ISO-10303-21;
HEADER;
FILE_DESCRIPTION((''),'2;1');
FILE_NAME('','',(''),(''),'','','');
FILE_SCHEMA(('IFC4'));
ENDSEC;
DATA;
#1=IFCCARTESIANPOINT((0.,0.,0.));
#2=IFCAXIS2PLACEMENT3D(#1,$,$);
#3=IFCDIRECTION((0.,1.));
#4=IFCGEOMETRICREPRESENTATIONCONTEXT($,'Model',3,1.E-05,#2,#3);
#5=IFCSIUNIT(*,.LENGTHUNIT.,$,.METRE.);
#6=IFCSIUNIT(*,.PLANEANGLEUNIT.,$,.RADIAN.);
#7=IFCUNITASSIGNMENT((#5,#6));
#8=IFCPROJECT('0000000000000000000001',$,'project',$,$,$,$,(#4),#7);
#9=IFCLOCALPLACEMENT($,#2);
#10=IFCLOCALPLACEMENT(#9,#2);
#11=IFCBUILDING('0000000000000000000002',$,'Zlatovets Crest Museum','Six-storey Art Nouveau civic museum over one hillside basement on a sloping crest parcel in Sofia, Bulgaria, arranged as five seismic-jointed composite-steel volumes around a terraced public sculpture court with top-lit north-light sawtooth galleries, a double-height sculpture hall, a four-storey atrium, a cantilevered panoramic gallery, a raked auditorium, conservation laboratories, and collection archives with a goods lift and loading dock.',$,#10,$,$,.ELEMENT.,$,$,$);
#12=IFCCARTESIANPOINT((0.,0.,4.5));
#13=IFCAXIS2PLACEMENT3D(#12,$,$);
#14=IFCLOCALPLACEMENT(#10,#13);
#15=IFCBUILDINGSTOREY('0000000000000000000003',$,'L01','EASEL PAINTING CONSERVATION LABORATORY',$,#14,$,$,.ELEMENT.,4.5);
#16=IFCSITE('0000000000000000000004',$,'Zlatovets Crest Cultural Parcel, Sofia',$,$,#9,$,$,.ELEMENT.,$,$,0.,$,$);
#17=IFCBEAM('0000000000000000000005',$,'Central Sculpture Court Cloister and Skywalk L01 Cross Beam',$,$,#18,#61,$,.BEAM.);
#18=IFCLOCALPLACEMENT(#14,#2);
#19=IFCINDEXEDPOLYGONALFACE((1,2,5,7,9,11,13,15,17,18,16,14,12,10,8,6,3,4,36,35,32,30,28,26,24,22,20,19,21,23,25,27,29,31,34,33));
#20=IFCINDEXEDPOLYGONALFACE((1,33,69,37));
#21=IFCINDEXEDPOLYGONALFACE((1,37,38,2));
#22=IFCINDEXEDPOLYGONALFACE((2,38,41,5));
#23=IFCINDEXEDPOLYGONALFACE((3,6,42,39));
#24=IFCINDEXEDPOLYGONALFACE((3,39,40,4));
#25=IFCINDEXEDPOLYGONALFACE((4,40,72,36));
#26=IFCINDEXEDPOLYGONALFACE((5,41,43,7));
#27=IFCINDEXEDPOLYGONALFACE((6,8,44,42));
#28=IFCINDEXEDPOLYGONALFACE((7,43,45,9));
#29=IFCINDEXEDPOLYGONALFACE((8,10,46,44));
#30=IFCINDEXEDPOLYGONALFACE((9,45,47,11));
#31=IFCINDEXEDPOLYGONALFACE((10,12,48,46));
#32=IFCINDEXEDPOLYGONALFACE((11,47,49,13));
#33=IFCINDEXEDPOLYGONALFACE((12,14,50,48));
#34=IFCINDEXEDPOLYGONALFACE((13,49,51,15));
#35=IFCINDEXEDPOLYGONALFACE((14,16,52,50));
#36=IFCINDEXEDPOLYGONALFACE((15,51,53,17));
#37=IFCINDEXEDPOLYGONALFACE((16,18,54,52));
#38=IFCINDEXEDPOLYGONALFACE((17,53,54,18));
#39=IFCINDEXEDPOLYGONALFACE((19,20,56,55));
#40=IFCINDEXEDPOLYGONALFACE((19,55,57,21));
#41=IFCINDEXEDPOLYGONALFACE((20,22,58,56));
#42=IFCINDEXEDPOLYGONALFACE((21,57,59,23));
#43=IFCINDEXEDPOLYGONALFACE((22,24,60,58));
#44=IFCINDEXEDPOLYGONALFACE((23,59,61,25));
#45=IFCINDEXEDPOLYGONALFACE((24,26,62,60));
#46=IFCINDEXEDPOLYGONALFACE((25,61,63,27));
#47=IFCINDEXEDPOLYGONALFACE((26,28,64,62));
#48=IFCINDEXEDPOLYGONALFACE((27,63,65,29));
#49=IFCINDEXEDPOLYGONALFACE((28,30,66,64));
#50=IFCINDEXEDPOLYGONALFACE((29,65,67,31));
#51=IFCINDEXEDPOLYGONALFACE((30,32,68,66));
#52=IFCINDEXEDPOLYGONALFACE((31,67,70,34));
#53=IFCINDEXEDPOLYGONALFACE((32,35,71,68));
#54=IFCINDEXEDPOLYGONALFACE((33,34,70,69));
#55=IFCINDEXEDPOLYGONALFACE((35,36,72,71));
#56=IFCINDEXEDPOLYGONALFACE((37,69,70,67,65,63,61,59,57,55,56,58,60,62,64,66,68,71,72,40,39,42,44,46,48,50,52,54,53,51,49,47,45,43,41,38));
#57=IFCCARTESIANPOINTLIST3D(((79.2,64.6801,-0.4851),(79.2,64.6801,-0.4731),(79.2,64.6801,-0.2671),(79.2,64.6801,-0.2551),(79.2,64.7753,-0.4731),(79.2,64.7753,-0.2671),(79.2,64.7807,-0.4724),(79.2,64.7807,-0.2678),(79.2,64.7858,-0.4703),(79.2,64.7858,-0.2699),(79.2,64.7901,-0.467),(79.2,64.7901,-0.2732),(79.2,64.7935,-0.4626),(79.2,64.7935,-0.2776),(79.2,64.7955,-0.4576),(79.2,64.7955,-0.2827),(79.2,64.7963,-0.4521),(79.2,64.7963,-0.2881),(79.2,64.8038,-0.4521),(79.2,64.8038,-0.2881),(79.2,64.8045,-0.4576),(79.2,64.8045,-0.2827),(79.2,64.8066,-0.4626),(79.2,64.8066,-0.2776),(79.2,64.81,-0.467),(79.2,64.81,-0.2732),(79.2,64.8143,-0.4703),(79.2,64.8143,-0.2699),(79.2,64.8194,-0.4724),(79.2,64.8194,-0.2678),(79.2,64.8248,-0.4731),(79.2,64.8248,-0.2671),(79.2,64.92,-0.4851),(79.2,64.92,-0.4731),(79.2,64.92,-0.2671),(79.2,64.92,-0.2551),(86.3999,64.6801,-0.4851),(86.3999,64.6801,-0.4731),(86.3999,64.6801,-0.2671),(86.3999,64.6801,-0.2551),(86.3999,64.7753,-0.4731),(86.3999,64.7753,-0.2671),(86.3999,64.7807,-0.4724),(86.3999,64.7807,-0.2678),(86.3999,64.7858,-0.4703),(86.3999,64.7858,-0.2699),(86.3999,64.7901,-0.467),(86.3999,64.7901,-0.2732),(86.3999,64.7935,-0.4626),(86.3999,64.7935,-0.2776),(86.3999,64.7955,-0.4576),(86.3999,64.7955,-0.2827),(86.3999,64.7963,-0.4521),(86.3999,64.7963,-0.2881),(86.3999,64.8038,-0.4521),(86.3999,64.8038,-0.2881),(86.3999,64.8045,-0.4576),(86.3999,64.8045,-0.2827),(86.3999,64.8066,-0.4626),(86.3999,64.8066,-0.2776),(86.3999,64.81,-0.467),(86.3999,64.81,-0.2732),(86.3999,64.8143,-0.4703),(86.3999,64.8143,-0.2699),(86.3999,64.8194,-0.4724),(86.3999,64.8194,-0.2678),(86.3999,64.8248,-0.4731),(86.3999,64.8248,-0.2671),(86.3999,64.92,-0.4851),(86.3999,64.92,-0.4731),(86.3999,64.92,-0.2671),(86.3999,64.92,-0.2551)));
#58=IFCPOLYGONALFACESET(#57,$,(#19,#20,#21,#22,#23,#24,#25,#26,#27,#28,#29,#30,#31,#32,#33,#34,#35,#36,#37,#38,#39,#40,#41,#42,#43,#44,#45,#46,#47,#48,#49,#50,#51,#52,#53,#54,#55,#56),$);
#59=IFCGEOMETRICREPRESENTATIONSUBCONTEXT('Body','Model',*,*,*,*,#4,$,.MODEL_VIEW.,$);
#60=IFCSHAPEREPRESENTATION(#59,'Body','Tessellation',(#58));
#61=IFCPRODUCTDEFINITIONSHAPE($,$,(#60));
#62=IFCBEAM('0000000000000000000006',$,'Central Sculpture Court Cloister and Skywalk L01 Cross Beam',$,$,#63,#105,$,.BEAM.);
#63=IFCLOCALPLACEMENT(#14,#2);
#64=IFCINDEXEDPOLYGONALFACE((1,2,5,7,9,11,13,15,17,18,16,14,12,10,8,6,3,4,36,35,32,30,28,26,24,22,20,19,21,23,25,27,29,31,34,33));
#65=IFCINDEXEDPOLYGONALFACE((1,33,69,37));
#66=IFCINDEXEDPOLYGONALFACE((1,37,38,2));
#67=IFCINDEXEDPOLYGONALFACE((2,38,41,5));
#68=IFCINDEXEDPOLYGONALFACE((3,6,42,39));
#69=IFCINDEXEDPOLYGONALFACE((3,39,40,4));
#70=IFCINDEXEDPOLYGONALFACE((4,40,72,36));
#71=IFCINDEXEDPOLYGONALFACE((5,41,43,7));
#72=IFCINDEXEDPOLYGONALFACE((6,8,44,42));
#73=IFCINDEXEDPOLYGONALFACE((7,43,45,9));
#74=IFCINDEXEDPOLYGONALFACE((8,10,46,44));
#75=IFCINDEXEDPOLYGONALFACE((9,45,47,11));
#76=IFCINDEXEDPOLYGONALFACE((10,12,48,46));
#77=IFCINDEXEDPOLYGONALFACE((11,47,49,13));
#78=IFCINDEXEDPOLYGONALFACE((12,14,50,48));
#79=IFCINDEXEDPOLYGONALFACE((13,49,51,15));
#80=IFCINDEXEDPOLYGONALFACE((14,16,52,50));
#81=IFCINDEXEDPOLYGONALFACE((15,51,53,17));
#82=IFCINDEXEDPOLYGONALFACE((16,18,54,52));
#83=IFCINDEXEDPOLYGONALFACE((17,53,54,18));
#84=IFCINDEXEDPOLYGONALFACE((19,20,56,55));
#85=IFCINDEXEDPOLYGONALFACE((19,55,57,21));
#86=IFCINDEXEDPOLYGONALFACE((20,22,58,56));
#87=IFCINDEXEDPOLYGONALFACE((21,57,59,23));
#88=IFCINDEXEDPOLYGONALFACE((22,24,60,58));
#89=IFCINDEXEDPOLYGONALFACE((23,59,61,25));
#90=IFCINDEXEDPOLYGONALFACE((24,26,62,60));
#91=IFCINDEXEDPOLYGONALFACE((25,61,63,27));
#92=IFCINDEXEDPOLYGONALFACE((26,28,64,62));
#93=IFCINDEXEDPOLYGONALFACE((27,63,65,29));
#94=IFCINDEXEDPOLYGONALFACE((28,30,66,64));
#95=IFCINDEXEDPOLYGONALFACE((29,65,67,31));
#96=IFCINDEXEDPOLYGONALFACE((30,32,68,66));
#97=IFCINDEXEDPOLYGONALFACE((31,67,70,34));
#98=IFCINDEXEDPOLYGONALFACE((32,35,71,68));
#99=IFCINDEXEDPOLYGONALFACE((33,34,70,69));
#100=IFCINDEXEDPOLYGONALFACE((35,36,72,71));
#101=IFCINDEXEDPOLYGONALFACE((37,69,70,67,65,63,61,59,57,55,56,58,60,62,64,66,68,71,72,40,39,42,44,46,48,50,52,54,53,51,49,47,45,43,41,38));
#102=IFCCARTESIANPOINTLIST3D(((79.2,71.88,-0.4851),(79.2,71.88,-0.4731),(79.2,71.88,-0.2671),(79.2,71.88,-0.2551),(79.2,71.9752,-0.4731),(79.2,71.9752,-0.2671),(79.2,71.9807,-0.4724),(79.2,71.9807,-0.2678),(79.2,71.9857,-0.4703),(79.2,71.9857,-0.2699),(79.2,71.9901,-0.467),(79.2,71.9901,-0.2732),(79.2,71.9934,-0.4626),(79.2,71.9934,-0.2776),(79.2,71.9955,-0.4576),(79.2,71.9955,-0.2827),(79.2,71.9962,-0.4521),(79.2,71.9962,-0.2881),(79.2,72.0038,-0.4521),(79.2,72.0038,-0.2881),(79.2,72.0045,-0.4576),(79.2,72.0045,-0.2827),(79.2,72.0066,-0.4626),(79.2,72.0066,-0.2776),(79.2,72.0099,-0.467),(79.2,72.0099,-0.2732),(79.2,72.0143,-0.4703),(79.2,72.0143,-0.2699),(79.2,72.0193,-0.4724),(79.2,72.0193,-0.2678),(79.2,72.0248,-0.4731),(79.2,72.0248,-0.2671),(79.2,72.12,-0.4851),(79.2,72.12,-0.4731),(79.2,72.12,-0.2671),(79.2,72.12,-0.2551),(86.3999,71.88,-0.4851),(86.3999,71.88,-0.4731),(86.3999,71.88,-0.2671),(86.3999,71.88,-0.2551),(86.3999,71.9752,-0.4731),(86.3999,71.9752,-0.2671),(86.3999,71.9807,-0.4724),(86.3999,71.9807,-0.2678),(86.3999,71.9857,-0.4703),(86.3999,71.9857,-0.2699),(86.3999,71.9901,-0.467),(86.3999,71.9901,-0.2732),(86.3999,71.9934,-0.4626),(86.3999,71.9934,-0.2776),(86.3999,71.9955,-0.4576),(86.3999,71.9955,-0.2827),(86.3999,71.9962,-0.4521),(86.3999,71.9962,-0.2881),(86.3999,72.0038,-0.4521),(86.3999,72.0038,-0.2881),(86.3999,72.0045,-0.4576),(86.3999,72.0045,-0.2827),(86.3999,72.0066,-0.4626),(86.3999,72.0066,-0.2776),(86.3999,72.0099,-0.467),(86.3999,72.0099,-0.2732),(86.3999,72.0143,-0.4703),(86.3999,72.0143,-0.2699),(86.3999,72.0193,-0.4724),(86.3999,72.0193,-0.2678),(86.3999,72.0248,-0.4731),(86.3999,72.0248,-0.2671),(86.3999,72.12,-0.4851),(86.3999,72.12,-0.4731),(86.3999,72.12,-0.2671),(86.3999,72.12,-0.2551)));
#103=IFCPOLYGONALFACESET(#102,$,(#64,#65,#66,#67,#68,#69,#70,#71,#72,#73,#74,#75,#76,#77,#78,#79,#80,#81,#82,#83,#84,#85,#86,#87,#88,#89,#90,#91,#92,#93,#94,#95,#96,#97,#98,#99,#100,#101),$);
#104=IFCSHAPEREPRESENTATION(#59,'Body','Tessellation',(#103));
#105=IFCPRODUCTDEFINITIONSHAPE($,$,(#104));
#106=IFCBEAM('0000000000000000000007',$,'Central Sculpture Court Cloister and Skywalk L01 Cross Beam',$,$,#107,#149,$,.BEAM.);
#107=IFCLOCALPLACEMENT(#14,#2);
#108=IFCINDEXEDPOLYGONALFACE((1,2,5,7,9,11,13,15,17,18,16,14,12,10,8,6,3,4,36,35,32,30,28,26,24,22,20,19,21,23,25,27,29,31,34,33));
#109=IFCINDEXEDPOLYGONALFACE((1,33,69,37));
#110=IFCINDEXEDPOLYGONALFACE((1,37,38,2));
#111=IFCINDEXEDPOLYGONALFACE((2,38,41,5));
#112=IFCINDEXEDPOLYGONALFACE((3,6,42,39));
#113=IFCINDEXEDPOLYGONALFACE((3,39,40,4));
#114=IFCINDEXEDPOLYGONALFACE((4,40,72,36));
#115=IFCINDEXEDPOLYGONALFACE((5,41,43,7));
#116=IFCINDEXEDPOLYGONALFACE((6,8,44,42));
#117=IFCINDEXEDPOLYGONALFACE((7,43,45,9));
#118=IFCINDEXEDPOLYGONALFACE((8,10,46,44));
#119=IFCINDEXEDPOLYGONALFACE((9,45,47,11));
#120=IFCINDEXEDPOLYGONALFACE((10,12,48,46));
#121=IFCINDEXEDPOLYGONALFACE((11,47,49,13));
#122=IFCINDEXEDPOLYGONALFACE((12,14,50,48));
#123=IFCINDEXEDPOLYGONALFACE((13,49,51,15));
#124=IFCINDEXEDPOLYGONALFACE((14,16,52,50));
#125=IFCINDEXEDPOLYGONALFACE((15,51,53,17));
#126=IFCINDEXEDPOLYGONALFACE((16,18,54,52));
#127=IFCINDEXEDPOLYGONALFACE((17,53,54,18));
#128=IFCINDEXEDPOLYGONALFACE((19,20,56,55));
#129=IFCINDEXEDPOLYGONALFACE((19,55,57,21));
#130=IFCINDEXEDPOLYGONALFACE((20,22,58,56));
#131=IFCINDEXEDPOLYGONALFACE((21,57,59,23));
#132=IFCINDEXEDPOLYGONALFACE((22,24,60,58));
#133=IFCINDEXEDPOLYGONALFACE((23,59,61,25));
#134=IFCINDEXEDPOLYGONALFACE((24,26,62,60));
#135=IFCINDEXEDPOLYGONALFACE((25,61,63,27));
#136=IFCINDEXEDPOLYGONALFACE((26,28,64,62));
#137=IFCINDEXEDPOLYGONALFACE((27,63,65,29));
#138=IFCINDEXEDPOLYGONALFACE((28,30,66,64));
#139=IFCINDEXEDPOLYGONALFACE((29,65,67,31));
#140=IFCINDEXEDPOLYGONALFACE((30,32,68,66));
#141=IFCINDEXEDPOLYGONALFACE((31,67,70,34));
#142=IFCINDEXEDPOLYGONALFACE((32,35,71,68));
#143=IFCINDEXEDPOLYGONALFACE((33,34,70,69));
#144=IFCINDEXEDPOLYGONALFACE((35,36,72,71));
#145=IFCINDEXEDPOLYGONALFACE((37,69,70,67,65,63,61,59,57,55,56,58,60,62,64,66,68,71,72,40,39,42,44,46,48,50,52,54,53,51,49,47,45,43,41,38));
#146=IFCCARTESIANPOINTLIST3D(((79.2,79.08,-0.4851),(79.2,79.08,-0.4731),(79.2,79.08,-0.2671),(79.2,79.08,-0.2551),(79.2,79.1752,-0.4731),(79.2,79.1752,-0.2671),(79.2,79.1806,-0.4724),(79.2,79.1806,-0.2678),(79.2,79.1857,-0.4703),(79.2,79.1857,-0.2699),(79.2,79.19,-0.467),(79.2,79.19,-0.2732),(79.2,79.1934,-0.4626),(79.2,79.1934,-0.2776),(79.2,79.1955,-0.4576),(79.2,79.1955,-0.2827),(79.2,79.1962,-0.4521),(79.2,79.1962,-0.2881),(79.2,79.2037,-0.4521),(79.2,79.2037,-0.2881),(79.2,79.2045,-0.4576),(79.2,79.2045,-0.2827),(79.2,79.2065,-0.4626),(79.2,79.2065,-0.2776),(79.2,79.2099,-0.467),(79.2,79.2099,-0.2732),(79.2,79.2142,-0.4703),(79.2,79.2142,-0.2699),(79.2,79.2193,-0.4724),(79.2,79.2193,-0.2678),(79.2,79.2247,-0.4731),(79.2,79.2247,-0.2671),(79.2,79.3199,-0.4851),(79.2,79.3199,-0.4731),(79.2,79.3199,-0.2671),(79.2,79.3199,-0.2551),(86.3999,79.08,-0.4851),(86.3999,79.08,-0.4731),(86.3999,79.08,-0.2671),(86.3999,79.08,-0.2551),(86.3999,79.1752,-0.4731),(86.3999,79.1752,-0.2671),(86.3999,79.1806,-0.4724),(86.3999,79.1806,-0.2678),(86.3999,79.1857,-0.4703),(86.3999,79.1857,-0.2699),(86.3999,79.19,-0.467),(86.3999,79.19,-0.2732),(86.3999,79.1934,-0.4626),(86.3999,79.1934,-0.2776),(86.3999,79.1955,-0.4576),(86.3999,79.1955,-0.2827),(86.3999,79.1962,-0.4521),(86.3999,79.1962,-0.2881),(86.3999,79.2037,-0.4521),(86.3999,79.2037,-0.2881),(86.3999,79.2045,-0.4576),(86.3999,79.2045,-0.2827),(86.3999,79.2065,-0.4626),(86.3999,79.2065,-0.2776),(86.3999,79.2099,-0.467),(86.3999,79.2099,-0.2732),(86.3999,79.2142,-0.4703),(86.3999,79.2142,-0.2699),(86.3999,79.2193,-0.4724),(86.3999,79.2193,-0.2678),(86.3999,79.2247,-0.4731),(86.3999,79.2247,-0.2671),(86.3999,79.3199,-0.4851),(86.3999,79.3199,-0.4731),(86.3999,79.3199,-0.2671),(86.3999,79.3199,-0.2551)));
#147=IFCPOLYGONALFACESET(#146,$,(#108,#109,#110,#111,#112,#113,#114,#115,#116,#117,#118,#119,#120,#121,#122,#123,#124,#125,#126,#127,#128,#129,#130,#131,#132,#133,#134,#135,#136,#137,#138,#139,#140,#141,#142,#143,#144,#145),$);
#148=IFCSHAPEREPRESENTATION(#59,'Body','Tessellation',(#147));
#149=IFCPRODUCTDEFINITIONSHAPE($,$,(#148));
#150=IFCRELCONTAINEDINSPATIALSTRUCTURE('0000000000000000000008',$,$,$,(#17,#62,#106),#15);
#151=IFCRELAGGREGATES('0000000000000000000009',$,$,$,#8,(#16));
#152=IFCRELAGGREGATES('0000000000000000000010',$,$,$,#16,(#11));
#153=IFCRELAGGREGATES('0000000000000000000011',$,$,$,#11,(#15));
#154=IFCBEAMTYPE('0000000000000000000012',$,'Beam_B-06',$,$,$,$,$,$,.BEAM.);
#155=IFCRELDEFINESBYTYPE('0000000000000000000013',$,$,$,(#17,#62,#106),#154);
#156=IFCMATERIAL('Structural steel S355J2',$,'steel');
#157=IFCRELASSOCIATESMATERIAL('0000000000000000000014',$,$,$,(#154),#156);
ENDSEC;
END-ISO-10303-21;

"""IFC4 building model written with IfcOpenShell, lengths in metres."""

from ifc_helpers import new_model, si_unit, direction, frame, origin, origin_2d, place, context, subcontext, project, spatial, i_section, extrude, material, material_profile, profile_set, type_object, element, save


model = new_model("IFC4")

# Units and contexts
model_context = context("Model", 3, precision=1e-05, world=origin(), true_north=direction((0.0, 1.0)))
body_context = subcontext(model_context, "Body", "Model", "MODEL_VIEW")
ifc_project = project(units=[si_unit("LENGTHUNIT", "METRE"), si_unit("PLANEANGLEUNIT", "RADIAN")], contexts=[model_context])

# Site, building, storey
site_placement = place(None, origin())
site = spatial("IfcSite", under=ifc_project, at=site_placement, Name="Zlatovets Crest Cultural Parcel, Sofia", CompositionType="ELEMENT", RefElevation=0.0)
building_placement = place(site_placement, origin())
building = spatial("IfcBuilding", under=site, at=building_placement, Name="Zlatovets Crest Museum", Description="Six-storey Art Nouveau civic museum over one hillside basement on a sloping crest parcel in Sofia, Bulgaria, arranged as five seismic-jointed composite-steel volumes around a terraced public sculpture court with top-lit north-light sawtooth galleries, a double-height sculpture hall, a four-storey atrium, a cantilevered panoramic gallery, a raked auditorium, conservation laboratories, and collection archives with a goods lift and loading dock.", CompositionType="ELEMENT")
storey_placement = place(building_placement, frame((0.0, 0.0, 4.5)))
storey = spatial("IfcBuildingStorey", under=building, at=storey_placement, Name="L01", Description="EASEL PAINTING CONSERVATION LABORATORY", CompositionType="ELEMENT", Elevation=4.5)

# Shared definitions
ifc_material_1 = material(Name="Structural steel S355J2", Category="steel")

# Beams
ifc_material_profile_1 = material_profile(ifc_material_1, i_section(OverallWidth=0.24, OverallDepth=0.23, WebThickness=0.0076, FlangeThickness=0.012, FilletRadius=0.021, at=origin_2d()), Name="HEA 240")
ifc_profile_set_1 = profile_set([ifc_material_profile_1], Name="Structural steel S355J2")
beam_type_1 = type_object("IfcBeamType", Name="Beam_B-06", PredefinedType="BEAM", material=ifc_profile_set_1)
for number, where, z_axis, x_axis, name in (
    (1, (79.2, 64.8, -0.3701), (1.0, 0.0, 0.0), (0.0, 1.0, 0.0), "Central Sculpture Court Cloister and Skywalk L01 Cross Beam"),
    (2, (79.2, 72.0, -0.3701), (1.0, 0.0, 0.0), (0.0, 1.0, 0.0), "Central Sculpture Court Cloister and Skywalk L01 Cross Beam"),
    (3, (79.2, 79.2, -0.3701), (1.0, 0.0, 0.0), (0.0, 1.0, 0.0), "Central Sculpture Court Cloister and Skywalk L01 Cross Beam"),
):
    element("IfcBeam", number, at=place(storey_placement, frame(where, z_axis=z_axis, x_axis=x_axis)), inside=storey, type_object=beam_type_1, Name=name, PredefinedType="BEAM", context=body_context, shape_type="SweptSolid", body=[
        extrude(i_section(OverallWidth=0.24, OverallDepth=0.23, WebThickness=0.0076, FlangeThickness=0.012, FilletRadius=0.021, at=origin_2d()), origin(), (0.0, 0.0, 1.0), 7.2),
    ])

save(model, "model.ifc")
